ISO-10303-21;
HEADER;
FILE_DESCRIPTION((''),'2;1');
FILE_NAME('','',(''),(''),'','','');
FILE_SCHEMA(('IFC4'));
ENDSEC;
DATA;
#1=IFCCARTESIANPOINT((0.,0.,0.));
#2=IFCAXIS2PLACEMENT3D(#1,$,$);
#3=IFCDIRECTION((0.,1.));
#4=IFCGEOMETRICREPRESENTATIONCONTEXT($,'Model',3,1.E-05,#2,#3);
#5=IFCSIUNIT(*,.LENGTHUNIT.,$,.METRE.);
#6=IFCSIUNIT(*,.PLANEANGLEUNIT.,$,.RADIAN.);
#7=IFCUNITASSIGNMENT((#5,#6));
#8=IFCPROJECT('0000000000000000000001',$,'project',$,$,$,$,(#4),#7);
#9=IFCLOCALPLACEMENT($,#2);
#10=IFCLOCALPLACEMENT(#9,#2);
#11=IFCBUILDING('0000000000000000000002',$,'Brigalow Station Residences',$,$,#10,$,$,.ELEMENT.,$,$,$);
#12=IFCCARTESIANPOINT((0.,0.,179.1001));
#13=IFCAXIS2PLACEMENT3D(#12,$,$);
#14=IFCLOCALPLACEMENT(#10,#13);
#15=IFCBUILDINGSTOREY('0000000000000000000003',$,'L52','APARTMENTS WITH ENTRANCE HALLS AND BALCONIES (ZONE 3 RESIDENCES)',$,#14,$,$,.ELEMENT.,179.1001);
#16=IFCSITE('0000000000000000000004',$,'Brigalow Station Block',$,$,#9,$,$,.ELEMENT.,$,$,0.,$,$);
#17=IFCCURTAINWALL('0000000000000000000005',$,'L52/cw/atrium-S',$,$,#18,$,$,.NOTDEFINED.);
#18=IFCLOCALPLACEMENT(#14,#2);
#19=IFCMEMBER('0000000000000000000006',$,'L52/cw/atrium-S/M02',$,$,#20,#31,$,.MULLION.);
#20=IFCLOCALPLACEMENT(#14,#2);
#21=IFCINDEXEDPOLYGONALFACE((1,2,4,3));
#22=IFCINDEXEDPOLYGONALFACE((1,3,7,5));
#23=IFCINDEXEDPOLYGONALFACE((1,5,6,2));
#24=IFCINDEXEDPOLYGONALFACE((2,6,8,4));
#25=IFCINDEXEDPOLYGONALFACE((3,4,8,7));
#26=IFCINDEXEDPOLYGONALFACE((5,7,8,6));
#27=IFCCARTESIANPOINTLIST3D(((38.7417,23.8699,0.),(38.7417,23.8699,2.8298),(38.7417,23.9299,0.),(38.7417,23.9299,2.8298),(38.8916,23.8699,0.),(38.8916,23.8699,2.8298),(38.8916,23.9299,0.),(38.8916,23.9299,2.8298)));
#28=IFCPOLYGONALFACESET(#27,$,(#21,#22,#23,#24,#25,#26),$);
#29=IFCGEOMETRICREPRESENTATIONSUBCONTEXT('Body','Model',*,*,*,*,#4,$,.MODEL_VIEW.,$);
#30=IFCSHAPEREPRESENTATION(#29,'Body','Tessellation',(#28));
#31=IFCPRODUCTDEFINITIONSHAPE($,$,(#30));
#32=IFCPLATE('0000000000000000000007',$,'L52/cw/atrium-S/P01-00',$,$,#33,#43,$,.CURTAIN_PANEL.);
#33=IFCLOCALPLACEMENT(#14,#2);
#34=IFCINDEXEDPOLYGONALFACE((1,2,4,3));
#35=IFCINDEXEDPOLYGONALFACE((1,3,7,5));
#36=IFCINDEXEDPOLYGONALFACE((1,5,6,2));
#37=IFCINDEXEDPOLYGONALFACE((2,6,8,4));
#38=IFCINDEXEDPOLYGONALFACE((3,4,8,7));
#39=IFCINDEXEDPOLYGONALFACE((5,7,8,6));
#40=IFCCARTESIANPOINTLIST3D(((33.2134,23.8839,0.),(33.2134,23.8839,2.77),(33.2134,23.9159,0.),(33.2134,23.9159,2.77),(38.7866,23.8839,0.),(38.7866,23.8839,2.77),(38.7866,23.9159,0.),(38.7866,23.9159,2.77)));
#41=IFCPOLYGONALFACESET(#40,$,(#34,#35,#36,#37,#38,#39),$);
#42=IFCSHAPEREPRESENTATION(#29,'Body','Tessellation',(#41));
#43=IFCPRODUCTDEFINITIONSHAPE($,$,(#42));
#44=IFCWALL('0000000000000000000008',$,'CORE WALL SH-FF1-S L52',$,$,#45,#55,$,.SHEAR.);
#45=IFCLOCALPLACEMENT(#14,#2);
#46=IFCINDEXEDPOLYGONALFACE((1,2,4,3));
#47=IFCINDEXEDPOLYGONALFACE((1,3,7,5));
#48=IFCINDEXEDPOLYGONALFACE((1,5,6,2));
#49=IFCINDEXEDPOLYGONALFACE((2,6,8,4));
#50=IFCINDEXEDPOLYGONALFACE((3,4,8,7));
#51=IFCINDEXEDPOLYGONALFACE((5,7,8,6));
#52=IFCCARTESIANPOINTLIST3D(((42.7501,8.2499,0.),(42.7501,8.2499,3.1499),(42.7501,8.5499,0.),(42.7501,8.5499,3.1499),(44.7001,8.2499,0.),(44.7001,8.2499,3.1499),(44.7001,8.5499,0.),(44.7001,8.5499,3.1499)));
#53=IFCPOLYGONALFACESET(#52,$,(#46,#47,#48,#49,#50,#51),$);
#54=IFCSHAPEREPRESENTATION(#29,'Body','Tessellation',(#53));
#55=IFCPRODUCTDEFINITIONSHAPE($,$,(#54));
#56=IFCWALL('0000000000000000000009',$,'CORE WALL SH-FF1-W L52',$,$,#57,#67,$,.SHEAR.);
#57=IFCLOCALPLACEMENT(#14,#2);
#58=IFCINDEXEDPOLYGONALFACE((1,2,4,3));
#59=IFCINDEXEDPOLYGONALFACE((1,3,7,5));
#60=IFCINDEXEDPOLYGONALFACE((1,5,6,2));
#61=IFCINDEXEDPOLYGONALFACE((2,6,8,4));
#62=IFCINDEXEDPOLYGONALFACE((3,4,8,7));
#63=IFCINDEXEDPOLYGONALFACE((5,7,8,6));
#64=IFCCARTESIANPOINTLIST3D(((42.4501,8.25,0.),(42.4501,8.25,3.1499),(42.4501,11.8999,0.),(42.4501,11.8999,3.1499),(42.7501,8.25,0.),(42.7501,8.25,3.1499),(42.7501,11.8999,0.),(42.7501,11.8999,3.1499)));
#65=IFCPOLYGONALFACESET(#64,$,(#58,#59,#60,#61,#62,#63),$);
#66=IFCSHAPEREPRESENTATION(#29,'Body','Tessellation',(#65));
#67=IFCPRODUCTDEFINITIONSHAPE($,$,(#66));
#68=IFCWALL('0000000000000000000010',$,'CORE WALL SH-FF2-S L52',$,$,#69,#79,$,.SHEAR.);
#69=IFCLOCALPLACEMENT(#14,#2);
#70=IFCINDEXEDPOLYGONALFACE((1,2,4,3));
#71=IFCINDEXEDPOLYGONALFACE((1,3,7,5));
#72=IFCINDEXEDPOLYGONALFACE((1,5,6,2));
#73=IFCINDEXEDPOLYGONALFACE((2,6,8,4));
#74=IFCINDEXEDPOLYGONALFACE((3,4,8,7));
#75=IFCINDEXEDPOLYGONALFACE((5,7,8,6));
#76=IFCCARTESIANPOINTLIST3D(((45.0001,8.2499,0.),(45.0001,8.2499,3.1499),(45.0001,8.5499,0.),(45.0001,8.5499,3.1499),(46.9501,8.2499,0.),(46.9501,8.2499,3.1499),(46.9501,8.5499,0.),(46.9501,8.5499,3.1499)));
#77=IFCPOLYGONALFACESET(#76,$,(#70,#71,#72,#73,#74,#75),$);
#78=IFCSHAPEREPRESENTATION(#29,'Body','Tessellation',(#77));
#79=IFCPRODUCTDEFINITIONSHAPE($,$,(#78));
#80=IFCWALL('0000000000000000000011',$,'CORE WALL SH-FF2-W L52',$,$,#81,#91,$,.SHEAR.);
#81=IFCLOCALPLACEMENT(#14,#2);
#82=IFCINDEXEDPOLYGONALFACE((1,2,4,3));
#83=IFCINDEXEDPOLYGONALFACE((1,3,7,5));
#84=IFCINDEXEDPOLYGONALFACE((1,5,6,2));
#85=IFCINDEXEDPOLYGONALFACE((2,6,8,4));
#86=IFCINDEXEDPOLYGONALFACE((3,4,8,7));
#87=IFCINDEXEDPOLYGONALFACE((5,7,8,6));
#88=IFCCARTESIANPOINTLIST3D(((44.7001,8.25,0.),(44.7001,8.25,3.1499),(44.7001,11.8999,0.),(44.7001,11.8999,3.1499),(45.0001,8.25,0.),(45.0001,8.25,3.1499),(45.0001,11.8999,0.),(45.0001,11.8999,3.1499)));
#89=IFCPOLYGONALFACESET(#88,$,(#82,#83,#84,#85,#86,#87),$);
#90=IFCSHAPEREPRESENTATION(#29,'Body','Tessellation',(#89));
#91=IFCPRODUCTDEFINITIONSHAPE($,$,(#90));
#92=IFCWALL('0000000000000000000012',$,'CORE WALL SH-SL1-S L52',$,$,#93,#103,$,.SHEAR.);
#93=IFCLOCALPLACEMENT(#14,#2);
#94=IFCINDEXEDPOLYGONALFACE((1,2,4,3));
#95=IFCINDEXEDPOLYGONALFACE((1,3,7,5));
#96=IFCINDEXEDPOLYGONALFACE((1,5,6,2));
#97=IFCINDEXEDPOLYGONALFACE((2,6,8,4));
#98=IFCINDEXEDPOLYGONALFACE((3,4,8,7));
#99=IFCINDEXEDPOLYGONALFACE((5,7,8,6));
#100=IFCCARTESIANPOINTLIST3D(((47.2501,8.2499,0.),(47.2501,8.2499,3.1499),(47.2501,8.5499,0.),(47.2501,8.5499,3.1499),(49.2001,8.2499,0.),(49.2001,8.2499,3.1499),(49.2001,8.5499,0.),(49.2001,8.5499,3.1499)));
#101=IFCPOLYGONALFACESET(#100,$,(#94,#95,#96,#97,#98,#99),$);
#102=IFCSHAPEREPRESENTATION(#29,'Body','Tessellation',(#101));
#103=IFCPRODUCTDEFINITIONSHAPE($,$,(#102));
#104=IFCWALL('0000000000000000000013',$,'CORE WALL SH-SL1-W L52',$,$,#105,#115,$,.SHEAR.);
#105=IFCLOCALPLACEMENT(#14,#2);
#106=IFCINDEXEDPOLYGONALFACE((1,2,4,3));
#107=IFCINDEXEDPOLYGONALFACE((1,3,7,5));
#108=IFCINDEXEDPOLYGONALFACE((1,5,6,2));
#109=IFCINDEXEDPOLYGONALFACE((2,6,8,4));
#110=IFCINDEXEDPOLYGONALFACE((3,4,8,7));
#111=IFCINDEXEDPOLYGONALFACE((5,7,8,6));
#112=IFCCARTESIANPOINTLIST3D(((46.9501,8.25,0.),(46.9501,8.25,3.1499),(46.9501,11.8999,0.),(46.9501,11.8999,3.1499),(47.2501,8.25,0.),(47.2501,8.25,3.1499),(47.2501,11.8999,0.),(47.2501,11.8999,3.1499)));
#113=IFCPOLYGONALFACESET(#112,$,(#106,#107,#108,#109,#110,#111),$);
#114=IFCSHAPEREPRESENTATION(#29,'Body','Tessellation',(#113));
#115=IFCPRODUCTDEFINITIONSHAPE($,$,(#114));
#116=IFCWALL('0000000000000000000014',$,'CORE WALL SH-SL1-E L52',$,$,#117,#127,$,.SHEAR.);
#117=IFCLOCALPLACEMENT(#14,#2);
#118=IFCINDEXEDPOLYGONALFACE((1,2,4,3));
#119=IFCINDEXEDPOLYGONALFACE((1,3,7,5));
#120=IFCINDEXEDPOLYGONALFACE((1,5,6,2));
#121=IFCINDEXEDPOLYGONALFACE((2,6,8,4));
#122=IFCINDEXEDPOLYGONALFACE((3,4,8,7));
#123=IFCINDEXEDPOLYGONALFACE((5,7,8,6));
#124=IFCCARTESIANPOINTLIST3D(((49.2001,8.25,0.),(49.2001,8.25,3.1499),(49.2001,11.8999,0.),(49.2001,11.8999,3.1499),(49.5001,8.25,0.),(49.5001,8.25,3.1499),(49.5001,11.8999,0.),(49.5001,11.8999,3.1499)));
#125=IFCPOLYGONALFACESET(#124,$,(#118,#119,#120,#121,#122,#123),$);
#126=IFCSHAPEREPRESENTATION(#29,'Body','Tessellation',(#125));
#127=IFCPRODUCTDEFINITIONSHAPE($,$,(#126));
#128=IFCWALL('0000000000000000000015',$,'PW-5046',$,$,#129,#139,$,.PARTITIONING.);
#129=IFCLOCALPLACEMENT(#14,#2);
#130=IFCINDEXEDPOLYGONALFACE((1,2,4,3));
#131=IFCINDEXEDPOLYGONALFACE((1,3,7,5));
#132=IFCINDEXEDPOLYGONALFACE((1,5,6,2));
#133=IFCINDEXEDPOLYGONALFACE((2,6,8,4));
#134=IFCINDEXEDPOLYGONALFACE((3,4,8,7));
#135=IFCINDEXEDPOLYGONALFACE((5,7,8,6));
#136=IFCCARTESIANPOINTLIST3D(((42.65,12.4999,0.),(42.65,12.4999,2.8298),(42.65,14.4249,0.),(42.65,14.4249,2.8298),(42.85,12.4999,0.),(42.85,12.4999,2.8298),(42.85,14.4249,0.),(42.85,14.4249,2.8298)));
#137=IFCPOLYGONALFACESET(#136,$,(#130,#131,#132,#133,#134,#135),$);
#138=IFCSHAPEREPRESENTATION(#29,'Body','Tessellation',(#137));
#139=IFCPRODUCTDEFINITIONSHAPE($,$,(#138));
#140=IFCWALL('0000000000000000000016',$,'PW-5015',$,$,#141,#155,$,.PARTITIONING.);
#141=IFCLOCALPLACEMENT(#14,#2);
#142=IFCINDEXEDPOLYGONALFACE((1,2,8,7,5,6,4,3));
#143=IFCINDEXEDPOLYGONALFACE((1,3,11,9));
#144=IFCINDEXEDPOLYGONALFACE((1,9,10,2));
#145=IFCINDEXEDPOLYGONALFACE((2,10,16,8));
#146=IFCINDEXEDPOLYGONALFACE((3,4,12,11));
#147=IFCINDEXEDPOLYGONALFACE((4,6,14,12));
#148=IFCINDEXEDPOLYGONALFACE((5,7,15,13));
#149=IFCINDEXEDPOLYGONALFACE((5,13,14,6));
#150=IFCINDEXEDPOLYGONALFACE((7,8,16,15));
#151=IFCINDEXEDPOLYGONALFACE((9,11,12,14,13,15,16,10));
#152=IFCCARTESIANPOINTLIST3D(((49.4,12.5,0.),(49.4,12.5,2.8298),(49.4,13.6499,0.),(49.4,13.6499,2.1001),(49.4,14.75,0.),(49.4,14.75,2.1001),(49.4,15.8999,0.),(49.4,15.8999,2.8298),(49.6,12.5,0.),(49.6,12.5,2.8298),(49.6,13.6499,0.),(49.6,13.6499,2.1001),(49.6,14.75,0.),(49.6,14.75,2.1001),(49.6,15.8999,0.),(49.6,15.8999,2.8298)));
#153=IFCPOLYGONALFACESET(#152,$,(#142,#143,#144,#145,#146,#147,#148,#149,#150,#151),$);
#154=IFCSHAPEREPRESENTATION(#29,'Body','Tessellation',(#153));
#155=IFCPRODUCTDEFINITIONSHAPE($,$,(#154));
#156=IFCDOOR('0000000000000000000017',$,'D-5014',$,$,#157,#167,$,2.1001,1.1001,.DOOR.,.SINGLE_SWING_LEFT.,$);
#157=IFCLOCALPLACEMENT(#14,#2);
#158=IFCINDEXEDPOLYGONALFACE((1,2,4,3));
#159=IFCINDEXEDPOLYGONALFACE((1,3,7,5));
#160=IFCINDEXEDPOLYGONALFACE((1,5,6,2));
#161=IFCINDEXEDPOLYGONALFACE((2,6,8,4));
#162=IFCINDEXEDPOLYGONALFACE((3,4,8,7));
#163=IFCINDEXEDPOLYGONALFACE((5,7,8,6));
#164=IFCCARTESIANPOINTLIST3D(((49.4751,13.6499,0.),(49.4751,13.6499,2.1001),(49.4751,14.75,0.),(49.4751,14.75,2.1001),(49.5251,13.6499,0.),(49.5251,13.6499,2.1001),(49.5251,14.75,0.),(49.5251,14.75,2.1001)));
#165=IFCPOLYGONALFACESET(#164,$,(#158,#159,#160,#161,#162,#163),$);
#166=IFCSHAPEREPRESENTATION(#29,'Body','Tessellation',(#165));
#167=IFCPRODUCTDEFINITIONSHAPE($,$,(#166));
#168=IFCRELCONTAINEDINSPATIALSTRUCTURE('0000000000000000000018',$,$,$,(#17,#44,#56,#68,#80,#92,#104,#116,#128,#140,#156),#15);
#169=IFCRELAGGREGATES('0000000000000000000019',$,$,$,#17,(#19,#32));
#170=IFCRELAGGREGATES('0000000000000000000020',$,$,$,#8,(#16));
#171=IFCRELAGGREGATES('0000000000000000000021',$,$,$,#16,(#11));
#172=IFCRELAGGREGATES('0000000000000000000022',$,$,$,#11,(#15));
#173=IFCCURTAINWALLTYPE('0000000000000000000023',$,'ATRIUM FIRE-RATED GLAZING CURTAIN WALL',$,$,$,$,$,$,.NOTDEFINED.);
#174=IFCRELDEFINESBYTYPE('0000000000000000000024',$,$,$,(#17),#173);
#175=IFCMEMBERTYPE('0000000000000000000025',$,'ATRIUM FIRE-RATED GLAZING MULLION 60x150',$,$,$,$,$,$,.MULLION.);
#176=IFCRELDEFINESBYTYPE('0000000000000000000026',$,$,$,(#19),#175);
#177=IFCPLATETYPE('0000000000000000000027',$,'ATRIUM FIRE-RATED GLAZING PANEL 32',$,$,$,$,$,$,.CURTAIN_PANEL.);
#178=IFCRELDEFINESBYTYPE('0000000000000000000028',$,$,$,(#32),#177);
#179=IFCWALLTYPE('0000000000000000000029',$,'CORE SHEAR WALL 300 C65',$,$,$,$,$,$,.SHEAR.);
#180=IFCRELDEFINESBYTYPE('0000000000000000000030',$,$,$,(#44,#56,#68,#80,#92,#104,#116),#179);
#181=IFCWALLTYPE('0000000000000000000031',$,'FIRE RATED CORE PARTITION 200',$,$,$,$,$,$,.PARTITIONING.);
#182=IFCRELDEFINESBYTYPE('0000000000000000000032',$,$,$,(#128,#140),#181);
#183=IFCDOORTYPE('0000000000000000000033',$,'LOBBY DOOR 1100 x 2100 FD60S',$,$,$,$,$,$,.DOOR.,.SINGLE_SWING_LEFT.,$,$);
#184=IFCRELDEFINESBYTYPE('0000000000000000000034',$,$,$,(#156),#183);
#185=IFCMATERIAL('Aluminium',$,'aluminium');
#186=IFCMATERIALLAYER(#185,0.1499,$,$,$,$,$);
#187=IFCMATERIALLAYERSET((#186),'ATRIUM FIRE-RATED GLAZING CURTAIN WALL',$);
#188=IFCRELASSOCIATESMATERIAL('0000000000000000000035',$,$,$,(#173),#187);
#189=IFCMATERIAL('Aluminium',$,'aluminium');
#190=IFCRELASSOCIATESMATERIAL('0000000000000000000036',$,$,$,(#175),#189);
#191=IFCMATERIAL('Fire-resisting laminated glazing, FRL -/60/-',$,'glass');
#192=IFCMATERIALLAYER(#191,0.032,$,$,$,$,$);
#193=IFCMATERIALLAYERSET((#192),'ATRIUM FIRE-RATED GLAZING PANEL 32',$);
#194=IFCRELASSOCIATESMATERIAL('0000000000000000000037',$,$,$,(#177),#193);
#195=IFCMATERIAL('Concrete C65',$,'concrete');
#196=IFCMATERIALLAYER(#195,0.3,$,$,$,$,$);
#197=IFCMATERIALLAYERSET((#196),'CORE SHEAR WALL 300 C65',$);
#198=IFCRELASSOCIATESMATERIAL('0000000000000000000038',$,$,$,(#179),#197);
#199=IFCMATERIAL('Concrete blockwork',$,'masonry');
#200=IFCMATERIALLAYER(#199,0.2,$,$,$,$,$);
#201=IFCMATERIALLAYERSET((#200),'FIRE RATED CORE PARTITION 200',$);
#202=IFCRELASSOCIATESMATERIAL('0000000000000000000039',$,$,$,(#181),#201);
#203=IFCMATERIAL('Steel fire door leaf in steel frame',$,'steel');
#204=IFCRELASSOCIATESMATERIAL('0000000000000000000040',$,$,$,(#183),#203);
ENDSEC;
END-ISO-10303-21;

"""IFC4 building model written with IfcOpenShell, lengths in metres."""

from ifc_helpers import new_model, si_unit, direction, frame, frame_2d, origin, origin_2d, place, context, subcontext, project, spatial, rectangle, extrude, material, layer, layer_set, material_profile, profile_set, type_object, element, fill, aggregate, save


model = new_model("IFC4")

# Units and contexts
model_context = context("Model", 3, precision=1e-05, world=origin(), true_north=direction((0.0, 1.0)))
body_context = subcontext(model_context, "Body", "Model", "MODEL_VIEW")
ifc_project = project(units=[si_unit("LENGTHUNIT", "METRE"), si_unit("PLANEANGLEUNIT", "RADIAN")], contexts=[model_context])

# Site, building, storey
site_placement = place(None, origin())
site = spatial("IfcSite", under=ifc_project, at=site_placement, Name="Brigalow Station Block", CompositionType="ELEMENT", RefElevation=0.0)
building_placement = place(site_placement, origin())
building = spatial("IfcBuilding", under=site, at=building_placement, Name="Brigalow Station Residences", CompositionType="ELEMENT")
storey_placement = place(building_placement, frame((0.0, 0.0, 179.1001)))
storey = spatial("IfcBuildingStorey", under=building, at=storey_placement, Name="L52", Description="APARTMENTS WITH ENTRANCE HALLS AND BALCONIES (ZONE 3 RESIDENCES)", CompositionType="ELEMENT", Elevation=179.1001)

# Curtain wall, member, plate
ifc_material_1 = material(Name="Aluminium", Category="aluminium")
ifc_layer_1 = layer(ifc_material_1, 0.1499)
ifc_layer_set_1 = layer_set([ifc_layer_1], Name="ATRIUM FIRE-RATED GLAZING CURTAIN WALL")
curtain_wall_type = type_object("IfcCurtainWallType", Name="ATRIUM FIRE-RATED GLAZING CURTAIN WALL", PredefinedType="NOTDEFINED", material=ifc_layer_set_1)
curtain_wall_placement = place(storey_placement, origin())
curtain_wall = element("IfcCurtainWall", 1, at=curtain_wall_placement, inside=storey, type_object=curtain_wall_type, Name="L52/cw/atrium-S", PredefinedType="NOTDEFINED")
ifc_material_2 = material(Name="Aluminium", Category="aluminium")
ifc_material_profile = material_profile(ifc_material_2, rectangle(XDim=0.0601, YDim=0.1499, at=origin_2d()), Name="ATRIUM FIRE-RATED GLAZING MULLION 60x150")
ifc_profile_set = profile_set([ifc_material_profile], Name="Aluminium")
member_type = type_object("IfcMemberType", Name="ATRIUM FIRE-RATED GLAZING MULLION 60x150", PredefinedType="MULLION", material=ifc_profile_set)
member_placement = place(storey_placement, frame((38.8167, 23.8999, 0.0), z_axis=(0.0, 0.0, 1.0), x_axis=(0.0, 1.0, 0.0)))
member = element("IfcMember", 2, at=member_placement, type_object=member_type, Name="L52/cw/atrium-S/M02", PredefinedType="MULLION", context=body_context, shape_type="SweptSolid", body=[
    extrude(rectangle(XDim=0.0601, YDim=0.1499, at=origin_2d()), origin(), (0.0, 0.0, 1.0), 2.8298),
])
ifc_material_3 = material(Name="Fire-resisting laminated glazing, FRL -/60/-", Category="glass")
ifc_layer_2 = layer(ifc_material_3, 0.032)
ifc_layer_set_2 = layer_set([ifc_layer_2], Name="ATRIUM FIRE-RATED GLAZING PANEL 32")
plate_type = type_object("IfcPlateType", Name="ATRIUM FIRE-RATED GLAZING PANEL 32", PredefinedType="CURTAIN_PANEL", material=ifc_layer_set_2)
plate_placement = place(storey_placement, frame((36.0, 23.8999, 0.0), z_axis=(0.0, 0.0, 1.0), x_axis=(1.0, 0.0, 0.0)))
plate = element("IfcPlate", 3, at=plate_placement, type_object=plate_type, Name="L52/cw/atrium-S/P01-00", PredefinedType="CURTAIN_PANEL", context=body_context, shape_type="SweptSolid", body=[
    extrude(rectangle(XDim=5.5732, YDim=0.032, at=origin_2d()), origin(), (0.0, 0.0, 1.0), 2.77),
])
aggregate(curtain_wall, [member, plate])

# Walls
ifc_material_4 = material(Name="Concrete C65", Category="concrete")
ifc_layer_3 = layer(ifc_material_4, 0.3)
ifc_layer_set_3 = layer_set([ifc_layer_3], Name="CORE SHEAR WALL 300 C65")
wall_type_1 = type_object("IfcWallType", Name="CORE SHEAR WALL 300 C65", PredefinedType="SHEAR", material=ifc_layer_set_3)
wall_1_placement = place(storey_placement, frame((42.75, 8.3999, 0.0), z_axis=(0.0, 0.0, 1.0), x_axis=(1.0, 0.0, 0.0)))
element("IfcWall", 4, at=wall_1_placement, inside=storey, type_object=wall_type_1, Name="CORE WALL SH-FF1-S L52", PredefinedType="SHEAR", context=body_context, shape_type="SweptSolid", body=[
    extrude(rectangle(XDim=1.95, YDim=0.3, at=frame_2d((0.9751, 0.0))), origin(), (0.0, 0.0, 1.0), 3.1499),
])
wall_2_placement = place(storey_placement, frame((42.6001, 8.25, 0.0), z_axis=(0.0, 0.0, 1.0), x_axis=(0.0, 1.0, 0.0)))
element("IfcWall", 5, at=wall_2_placement, inside=storey, type_object=wall_type_1, Name="CORE WALL SH-FF1-W L52", PredefinedType="SHEAR", context=body_context, shape_type="SweptSolid", body=[
    extrude(rectangle(XDim=3.6499, YDim=0.3, at=frame_2d((1.825, 0.0))), origin(), (0.0, 0.0, 1.0), 3.1499),
])
wall_3_placement = place(storey_placement, frame((45.0, 8.3999, 0.0), z_axis=(0.0, 0.0, 1.0), x_axis=(1.0, 0.0, 0.0)))
element("IfcWall", 6, at=wall_3_placement, inside=storey, type_object=wall_type_1, Name="CORE WALL SH-FF2-S L52", PredefinedType="SHEAR", context=body_context, shape_type="SweptSolid", body=[
    extrude(rectangle(XDim=1.95, YDim=0.3, at=frame_2d((0.9751, 0.0))), origin(), (0.0, 0.0, 1.0), 3.1499),
])
wall_4_placement = place(storey_placement, frame((44.8501, 8.25, 0.0), z_axis=(0.0, 0.0, 1.0), x_axis=(0.0, 1.0, 0.0)))
element("IfcWall", 7, at=wall_4_placement, inside=storey, type_object=wall_type_1, Name="CORE WALL SH-FF2-W L52", PredefinedType="SHEAR", context=body_context, shape_type="SweptSolid", body=[
    extrude(rectangle(XDim=3.6499, YDim=0.3, at=frame_2d((1.825, 0.0))), origin(), (0.0, 0.0, 1.0), 3.1499),
])
wall_5_placement = place(storey_placement, frame((47.25, 8.3999, 0.0), z_axis=(0.0, 0.0, 1.0), x_axis=(1.0, 0.0, 0.0)))
element("IfcWall", 8, at=wall_5_placement, inside=storey, type_object=wall_type_1, Name="CORE WALL SH-SL1-S L52", PredefinedType="SHEAR", context=body_context, shape_type="SweptSolid", body=[
    extrude(rectangle(XDim=1.95, YDim=0.3, at=frame_2d((0.9751, 0.0))), origin(), (0.0, 0.0, 1.0), 3.1499),
])
for number, where, z_axis, x_axis, name in (
    (9, (47.1001, 8.25, 0.0), (0.0, 0.0, 1.0), (0.0, 1.0, 0.0), "CORE WALL SH-SL1-W L52"),
    (10, (49.3501, 8.25, 0.0), (0.0, 0.0, 1.0), (0.0, 1.0, 0.0), "CORE WALL SH-SL1-E L52"),
):
    element("IfcWall", number, at=place(storey_placement, frame(where, z_axis=z_axis, x_axis=x_axis)), inside=storey, type_object=wall_type_1, Name=name, PredefinedType="SHEAR", context=body_context, shape_type="SweptSolid", body=[
        extrude(rectangle(XDim=3.6499, YDim=0.3, at=frame_2d((1.825, 0.0))), origin(), (0.0, 0.0, 1.0), 3.1499),
    ])
ifc_material_5 = material(Name="Concrete blockwork", Category="masonry")
ifc_layer_4 = layer(ifc_material_5, 0.2)
ifc_layer_set_4 = layer_set([ifc_layer_4], Name="FIRE RATED CORE PARTITION 200")
wall_type_2 = type_object("IfcWallType", Name="FIRE RATED CORE PARTITION 200", PredefinedType="PARTITIONING", material=ifc_layer_set_4)
wall_6_placement = place(storey_placement, frame((42.75, 12.5, 0.0), z_axis=(0.0, 0.0, 1.0), x_axis=(0.0, 1.0, 0.0)))
element("IfcWall", 11, at=wall_6_placement, inside=storey, type_object=wall_type_2, Name="PW-5046", PredefinedType="PARTITIONING", context=body_context, shape_type="SweptSolid", body=[
    extrude(rectangle(XDim=1.925, YDim=0.2, at=frame_2d((0.9624, 0.0))), origin(), (0.0, 0.0, 1.0), 2.8298),
])

# Wall, opening, door
wall_7_placement = place(storey_placement, frame((49.5, 12.5, 0.0), z_axis=(0.0, 0.0, 1.0), x_axis=(0.0, 1.0, 0.0)))
wall_7 = element("IfcWall", 12, at=wall_7_placement, inside=storey, type_object=wall_type_2, Name="PW-5015", PredefinedType="PARTITIONING", context=body_context, shape_type="SweptSolid", body=[
    extrude(rectangle(XDim=3.3999, YDim=0.2, at=frame_2d((1.7, 0.0))), origin(), (0.0, 0.0, 1.0), 2.8298),
])
opening_1_placement = place(wall_7_placement, frame((1.1499, 0.0, 0.0)))
opening_1 = element("IfcOpeningElement", 13, at=opening_1_placement, cuts=wall_7, PredefinedType="OPENING", context=body_context, shape_type="SweptSolid", body=[
    extrude(rectangle(XDim=1.1001, YDim=2.1001, at=frame_2d((0.55, 1.05))), frame((0.0, 0.1099, 0.0), z_axis=(0.0, -1.0, 0.0), x_axis=(1.0, 0.0, 0.0)), (0.0, 0.0, 1.0), 0.22),
])
ifc_material_6 = material(Name="Steel fire door leaf in steel frame", Category="steel")
door_type_1 = type_object("IfcDoorType", Name="LOBBY DOOR 1100 x 2100 FD60S", OperationType="SINGLE_SWING_LEFT", PredefinedType="DOOR", material=ifc_material_6)
door_1_placement = place(opening_1_placement, origin())
door_1 = element("IfcDoor", 14, at=door_1_placement, inside=storey, type_object=door_type_1, Name="D-5014", OperationType="SINGLE_SWING_LEFT", OverallHeight=2.1001, OverallWidth=1.1001, PredefinedType="DOOR", context=body_context, shape_type="SweptSolid", body=[
    extrude(rectangle(XDim=1.1001, YDim=2.1001, at=frame_2d((0.55, 1.05))), frame((0.0, 0.0249, 0.0), z_axis=(0.0, -1.0, 0.0), x_axis=(1.0, 0.0, 0.0)), (0.0, 0.0, 1.0), 0.05),
])
fill(opening_1, door_1)

save(model, "model.ifc")
